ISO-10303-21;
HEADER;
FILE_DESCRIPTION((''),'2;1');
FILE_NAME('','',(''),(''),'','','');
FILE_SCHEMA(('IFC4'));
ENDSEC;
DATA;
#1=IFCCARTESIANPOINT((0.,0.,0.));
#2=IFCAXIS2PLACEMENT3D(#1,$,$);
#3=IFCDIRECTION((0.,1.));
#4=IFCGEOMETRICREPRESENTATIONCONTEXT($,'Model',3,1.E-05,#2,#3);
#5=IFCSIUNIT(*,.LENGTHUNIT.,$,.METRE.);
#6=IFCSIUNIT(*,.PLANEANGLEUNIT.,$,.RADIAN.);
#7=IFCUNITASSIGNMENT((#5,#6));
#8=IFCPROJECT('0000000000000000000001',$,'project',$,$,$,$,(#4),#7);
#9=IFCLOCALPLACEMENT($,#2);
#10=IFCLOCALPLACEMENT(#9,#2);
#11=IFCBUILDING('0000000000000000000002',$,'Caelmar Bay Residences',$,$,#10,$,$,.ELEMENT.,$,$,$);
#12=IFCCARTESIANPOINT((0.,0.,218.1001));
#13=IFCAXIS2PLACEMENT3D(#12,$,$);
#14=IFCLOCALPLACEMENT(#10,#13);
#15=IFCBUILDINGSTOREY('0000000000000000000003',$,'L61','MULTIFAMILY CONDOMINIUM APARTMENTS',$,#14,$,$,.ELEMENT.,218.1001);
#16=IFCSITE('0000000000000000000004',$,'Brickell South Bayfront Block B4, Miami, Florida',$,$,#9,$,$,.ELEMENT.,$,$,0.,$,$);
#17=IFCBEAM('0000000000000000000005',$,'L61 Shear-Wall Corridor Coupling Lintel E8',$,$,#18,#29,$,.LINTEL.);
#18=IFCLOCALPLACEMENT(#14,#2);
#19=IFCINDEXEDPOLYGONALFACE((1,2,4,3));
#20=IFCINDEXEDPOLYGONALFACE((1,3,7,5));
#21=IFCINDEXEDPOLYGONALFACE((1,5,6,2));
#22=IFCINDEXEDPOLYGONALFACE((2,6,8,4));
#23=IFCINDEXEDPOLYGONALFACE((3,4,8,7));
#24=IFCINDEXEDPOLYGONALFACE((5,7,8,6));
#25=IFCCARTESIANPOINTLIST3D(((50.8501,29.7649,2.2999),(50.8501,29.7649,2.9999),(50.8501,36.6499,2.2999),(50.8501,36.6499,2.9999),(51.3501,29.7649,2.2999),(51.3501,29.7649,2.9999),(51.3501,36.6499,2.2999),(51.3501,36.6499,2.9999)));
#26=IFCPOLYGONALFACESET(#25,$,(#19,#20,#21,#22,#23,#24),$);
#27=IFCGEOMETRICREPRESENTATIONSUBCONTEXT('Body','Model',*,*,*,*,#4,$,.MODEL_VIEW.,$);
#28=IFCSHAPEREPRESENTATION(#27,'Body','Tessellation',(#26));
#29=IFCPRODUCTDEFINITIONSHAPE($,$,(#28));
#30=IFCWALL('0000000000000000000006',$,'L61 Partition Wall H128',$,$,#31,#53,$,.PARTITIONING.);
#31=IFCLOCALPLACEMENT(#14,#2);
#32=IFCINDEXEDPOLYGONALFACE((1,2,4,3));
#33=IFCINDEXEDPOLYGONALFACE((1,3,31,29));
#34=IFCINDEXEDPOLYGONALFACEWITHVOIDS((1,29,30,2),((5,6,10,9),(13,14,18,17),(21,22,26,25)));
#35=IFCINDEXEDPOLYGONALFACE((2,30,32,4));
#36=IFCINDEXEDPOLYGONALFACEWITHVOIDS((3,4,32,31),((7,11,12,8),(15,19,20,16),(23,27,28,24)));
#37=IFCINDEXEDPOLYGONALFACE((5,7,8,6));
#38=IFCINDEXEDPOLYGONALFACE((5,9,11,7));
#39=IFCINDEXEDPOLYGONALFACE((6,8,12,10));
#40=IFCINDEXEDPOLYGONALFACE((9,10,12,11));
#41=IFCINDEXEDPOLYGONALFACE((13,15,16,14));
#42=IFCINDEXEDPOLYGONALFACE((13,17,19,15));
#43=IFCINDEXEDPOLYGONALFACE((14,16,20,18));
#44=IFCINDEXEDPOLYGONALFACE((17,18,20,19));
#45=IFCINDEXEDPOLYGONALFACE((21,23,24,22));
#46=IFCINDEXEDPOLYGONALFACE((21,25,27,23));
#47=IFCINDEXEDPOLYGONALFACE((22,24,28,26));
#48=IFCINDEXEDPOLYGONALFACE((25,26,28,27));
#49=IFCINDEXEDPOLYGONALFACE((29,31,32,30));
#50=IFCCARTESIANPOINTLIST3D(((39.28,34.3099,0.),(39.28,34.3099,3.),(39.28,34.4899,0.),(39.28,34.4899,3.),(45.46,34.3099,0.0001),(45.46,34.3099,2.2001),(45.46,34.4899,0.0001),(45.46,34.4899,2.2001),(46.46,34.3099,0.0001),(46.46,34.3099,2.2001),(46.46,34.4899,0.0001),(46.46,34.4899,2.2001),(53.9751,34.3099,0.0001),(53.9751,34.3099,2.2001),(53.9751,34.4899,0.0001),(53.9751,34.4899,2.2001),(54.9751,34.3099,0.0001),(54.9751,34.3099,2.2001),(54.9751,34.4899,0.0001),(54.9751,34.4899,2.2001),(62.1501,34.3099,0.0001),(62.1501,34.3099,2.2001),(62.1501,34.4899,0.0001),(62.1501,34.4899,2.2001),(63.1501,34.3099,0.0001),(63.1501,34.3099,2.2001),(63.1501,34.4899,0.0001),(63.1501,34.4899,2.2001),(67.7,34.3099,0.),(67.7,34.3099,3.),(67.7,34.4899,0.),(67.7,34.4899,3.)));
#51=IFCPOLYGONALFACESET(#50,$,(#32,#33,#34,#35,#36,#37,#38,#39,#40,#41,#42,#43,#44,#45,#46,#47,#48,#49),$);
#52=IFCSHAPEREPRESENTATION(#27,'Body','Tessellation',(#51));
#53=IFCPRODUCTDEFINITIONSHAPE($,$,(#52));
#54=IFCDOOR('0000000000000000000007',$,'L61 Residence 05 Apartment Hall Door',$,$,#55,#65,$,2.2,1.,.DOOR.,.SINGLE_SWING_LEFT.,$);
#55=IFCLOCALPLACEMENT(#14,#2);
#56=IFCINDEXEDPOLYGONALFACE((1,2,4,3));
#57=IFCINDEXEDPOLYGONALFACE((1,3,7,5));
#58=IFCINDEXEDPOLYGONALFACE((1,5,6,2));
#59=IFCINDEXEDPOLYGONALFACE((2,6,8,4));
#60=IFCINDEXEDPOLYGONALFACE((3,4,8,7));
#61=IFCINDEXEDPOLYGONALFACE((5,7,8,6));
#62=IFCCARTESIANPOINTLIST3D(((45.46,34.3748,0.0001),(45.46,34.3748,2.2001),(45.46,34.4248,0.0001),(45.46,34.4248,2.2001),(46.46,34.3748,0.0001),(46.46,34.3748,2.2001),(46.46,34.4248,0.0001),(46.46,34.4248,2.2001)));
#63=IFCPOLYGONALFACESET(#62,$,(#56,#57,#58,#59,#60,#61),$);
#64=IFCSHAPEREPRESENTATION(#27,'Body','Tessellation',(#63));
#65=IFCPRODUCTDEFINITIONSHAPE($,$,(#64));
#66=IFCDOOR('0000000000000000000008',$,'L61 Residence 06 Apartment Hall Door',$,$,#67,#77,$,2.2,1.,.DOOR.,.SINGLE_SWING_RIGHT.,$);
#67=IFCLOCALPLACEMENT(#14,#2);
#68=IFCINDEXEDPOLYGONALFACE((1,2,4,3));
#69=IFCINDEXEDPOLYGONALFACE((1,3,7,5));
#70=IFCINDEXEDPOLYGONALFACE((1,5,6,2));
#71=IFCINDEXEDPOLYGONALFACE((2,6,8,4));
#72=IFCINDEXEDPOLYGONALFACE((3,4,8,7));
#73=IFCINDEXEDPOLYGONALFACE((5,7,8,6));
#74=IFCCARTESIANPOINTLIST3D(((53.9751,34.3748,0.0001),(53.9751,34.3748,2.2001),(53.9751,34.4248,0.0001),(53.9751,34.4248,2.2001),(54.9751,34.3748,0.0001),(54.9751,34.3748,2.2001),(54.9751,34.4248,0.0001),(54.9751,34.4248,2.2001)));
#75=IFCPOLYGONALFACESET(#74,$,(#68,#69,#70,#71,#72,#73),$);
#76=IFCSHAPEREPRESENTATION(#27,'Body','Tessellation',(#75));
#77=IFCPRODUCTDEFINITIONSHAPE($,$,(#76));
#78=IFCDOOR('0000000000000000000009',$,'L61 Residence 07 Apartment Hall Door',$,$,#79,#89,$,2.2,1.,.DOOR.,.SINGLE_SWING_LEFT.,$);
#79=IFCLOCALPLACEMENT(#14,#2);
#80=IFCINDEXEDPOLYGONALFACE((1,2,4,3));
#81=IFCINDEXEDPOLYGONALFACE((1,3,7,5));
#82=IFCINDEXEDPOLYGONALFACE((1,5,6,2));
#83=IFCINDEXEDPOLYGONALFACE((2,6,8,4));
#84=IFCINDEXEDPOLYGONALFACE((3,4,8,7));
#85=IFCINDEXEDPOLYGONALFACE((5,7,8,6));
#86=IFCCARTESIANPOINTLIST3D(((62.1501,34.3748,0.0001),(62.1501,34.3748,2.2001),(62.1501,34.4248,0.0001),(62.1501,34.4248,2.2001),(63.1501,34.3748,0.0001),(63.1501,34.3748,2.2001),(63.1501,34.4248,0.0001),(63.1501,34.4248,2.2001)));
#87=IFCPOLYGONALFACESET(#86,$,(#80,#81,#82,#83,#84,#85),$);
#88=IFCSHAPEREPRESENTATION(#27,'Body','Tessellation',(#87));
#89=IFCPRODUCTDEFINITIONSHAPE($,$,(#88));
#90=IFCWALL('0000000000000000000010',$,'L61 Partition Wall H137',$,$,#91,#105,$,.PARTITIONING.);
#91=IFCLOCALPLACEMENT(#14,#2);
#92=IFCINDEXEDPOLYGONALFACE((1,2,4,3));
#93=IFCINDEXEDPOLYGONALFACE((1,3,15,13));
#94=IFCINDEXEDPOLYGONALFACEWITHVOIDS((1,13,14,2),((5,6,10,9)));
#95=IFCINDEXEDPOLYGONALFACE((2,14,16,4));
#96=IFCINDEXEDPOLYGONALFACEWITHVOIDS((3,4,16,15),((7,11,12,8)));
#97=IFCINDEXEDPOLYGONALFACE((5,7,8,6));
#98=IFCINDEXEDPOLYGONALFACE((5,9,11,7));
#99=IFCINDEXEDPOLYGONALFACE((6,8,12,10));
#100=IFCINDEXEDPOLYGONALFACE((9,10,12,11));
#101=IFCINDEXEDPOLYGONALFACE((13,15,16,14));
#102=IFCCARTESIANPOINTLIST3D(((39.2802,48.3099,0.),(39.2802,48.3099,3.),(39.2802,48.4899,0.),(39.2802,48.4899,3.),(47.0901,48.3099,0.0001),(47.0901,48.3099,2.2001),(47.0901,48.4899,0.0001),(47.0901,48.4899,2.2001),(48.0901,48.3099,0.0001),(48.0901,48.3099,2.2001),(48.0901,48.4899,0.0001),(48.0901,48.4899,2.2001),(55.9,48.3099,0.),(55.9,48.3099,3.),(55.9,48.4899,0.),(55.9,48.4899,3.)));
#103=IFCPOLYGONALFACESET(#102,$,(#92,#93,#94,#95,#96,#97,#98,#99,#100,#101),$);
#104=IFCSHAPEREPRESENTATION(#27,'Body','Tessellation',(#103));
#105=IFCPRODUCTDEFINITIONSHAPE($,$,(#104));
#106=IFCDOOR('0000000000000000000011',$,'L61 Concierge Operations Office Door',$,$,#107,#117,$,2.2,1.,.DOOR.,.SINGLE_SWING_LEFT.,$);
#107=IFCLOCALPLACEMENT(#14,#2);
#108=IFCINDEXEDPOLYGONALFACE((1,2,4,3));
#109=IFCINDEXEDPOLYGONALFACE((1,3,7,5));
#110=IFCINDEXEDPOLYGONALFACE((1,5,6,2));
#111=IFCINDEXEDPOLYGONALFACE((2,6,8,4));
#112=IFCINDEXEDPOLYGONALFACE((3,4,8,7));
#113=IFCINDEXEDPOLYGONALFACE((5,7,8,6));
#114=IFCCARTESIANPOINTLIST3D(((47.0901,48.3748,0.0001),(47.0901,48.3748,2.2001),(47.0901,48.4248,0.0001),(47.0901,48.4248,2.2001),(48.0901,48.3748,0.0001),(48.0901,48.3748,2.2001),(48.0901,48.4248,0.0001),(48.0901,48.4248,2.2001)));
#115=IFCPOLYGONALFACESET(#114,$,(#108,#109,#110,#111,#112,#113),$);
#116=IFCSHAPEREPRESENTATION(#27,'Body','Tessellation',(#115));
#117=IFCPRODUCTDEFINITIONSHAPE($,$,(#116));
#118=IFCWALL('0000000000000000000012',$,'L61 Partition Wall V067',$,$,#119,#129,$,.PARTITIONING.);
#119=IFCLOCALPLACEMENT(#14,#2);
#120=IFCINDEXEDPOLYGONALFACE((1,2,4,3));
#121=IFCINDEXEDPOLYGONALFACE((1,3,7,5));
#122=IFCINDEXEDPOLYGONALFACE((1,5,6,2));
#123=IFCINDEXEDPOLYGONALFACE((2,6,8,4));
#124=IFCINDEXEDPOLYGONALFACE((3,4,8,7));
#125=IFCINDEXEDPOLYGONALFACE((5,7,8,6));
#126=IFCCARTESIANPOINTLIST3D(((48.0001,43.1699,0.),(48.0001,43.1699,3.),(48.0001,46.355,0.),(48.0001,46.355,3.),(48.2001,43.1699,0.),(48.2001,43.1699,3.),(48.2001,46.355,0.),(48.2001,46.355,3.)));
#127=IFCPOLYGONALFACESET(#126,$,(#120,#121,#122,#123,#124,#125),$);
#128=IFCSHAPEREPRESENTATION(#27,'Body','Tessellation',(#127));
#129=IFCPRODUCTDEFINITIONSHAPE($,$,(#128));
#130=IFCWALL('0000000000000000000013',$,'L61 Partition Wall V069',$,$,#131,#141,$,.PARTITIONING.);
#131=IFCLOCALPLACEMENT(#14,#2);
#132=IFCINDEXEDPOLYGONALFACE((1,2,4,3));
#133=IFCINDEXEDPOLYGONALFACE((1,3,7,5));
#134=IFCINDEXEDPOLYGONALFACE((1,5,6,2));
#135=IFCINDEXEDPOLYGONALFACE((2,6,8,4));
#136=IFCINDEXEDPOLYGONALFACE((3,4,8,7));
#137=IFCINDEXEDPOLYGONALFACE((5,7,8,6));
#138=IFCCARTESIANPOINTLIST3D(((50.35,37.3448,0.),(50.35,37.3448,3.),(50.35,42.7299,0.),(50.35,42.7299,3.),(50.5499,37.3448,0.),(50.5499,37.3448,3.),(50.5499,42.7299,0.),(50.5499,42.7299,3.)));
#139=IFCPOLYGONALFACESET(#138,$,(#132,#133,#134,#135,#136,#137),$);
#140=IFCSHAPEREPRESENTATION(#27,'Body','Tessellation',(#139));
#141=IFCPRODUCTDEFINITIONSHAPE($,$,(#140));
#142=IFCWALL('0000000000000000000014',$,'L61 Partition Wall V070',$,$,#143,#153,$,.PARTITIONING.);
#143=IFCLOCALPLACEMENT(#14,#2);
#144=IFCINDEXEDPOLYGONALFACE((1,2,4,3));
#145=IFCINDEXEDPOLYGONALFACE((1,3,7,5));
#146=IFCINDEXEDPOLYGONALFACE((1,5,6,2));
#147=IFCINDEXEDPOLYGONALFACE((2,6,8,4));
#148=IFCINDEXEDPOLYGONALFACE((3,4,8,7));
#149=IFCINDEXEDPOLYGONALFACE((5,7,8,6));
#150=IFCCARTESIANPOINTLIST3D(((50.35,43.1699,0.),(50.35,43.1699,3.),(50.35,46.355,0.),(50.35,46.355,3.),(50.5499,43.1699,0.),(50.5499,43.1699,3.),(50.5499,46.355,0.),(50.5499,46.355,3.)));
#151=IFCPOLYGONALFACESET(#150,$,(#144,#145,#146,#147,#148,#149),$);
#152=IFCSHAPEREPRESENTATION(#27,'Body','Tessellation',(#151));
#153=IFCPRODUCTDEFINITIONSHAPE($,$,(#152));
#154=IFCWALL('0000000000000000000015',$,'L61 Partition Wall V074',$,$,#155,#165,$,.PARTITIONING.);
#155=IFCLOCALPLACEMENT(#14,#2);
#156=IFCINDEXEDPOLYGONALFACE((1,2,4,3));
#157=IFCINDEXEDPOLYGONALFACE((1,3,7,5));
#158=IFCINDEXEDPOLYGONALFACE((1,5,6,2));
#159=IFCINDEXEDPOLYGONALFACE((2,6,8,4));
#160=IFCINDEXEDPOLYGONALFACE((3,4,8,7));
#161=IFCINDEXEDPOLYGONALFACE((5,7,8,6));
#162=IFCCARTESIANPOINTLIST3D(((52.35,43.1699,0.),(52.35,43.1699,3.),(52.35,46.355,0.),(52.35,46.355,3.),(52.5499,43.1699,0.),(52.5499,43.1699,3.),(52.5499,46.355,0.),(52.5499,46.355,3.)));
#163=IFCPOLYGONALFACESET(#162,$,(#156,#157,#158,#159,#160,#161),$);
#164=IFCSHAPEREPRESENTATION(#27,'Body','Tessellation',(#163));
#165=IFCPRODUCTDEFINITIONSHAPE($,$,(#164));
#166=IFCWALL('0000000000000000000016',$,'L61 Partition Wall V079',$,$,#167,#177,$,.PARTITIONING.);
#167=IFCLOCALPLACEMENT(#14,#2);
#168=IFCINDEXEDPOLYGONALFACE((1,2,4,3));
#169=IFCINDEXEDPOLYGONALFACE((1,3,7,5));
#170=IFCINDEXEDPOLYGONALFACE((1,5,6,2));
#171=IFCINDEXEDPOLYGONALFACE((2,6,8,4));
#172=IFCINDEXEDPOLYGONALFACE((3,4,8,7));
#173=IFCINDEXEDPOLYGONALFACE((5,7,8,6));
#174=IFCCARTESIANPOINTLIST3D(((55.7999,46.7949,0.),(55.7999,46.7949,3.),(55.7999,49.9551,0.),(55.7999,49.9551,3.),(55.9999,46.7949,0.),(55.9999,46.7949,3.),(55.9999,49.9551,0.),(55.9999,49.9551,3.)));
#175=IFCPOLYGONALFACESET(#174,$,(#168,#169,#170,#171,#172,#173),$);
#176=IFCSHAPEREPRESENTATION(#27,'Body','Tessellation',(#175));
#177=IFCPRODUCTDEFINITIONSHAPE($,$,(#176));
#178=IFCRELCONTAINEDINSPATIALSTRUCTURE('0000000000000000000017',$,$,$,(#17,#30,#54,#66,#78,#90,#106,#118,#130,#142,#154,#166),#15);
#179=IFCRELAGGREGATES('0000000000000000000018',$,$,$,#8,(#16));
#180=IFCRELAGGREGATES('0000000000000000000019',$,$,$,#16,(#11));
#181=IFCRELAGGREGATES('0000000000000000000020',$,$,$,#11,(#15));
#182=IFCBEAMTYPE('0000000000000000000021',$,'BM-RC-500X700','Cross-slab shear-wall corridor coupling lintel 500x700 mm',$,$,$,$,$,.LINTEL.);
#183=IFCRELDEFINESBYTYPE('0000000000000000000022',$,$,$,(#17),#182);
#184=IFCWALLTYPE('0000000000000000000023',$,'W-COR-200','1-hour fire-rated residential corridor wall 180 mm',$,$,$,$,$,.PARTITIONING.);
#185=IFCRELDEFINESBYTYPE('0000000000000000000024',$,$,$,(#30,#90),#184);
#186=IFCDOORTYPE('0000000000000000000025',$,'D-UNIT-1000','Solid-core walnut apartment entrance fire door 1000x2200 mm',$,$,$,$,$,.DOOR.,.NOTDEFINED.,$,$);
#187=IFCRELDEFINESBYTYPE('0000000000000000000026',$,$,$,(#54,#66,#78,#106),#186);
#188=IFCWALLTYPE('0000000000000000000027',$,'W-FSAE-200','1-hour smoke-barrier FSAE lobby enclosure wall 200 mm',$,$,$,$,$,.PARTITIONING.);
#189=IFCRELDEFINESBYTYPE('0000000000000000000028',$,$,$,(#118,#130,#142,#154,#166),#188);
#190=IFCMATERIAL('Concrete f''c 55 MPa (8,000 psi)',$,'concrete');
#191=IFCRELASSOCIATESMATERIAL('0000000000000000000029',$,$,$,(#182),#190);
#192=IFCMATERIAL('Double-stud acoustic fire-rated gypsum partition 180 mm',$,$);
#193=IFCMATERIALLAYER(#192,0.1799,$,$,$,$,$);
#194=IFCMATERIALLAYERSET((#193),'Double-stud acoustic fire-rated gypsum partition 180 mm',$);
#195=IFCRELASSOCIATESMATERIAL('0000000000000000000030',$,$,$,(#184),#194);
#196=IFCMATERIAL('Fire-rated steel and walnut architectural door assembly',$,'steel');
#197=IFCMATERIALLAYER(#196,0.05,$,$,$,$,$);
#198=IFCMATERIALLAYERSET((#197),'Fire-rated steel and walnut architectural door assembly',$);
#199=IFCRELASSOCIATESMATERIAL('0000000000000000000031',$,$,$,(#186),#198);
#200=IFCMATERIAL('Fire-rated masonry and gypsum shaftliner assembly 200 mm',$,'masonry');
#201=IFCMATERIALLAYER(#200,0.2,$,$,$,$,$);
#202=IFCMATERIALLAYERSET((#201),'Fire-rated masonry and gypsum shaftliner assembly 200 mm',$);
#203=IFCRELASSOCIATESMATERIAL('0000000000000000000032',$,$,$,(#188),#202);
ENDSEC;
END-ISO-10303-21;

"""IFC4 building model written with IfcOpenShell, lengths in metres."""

from ifc_helpers import new_model, si_unit, direction, frame, frame_2d, origin, origin_2d, place, context, subcontext, project, spatial, rectangle, extrude, material, layer, layer_set, material_profile, profile_set, type_object, element, fill, save


model = new_model("IFC4")

# Units and contexts
model_context = context("Model", 3, precision=1e-05, world=origin(), true_north=direction((0.0, 1.0)))
body_context = subcontext(model_context, "Body", "Model", "MODEL_VIEW")
ifc_project = project(units=[si_unit("LENGTHUNIT", "METRE"), si_unit("PLANEANGLEUNIT", "RADIAN")], contexts=[model_context])

# Site, building, storey
site_placement = place(None, origin())
site = spatial("IfcSite", under=ifc_project, at=site_placement, Name="Brickell South Bayfront Block B4, Miami, Florida", CompositionType="ELEMENT", RefElevation=0.0)
building_placement = place(site_placement, origin())
building = spatial("IfcBuilding", under=site, at=building_placement, Name="Caelmar Bay Residences", CompositionType="ELEMENT")
storey_placement = place(building_placement, frame((0.0, 0.0, 218.1001)))
storey = spatial("IfcBuildingStorey", under=building, at=storey_placement, Name="L61", Description="MULTIFAMILY CONDOMINIUM APARTMENTS", CompositionType="ELEMENT", Elevation=218.1001)

# Shared definitions
ifc_material_1 = material(Name="Concrete f'c 55 MPa (8,000 psi)", Category="concrete")

# Beam
ifc_material_profile_1 = material_profile(ifc_material_1, rectangle(XDim=0.5, YDim=0.7, at=origin_2d()), Name="RC-BM-500X700")
ifc_profile_set_1 = profile_set([ifc_material_profile_1], Name="Concrete f'c 55 MPa (8,000 psi)")
beam_type_1 = type_object("IfcBeamType", Name="BM-RC-500X700", Description="Cross-slab shear-wall corridor coupling lintel 500x700 mm", PredefinedType="LINTEL", material=ifc_profile_set_1)
beam_1_placement = place(storey_placement, frame((51.1001, 29.7649, 2.6499), z_axis=(0.0, 1.0, 0.0), x_axis=(-1.0, 0.0, 0.0)))
element("IfcBeam", 1, at=beam_1_placement, inside=storey, type_object=beam_type_1, Name="L61 Shear-Wall Corridor Coupling Lintel E8", PredefinedType="LINTEL", context=body_context, shape_type="SweptSolid", body=[
    extrude(rectangle(XDim=0.5, YDim=0.7, at=origin_2d()), origin(), (0.0, 0.0, 1.0), 6.885),
])

# Shared definitions
ifc_material_2 = material(Name="Fire-rated steel and walnut architectural door assembly", Category="steel")

# Wall, openings, doors
ifc_material_3 = material(Name="Double-stud acoustic fire-rated gypsum partition 180 mm")
ifc_layer_1 = layer(ifc_material_3, 0.1799)
ifc_layer_set_1 = layer_set([ifc_layer_1], Name="Double-stud acoustic fire-rated gypsum partition 180 mm")
wall_type_1 = type_object("IfcWallType", Name="W-COR-200", Description="1-hour fire-rated residential corridor wall 180 mm", PredefinedType="PARTITIONING", material=ifc_layer_set_1)
wall_1_placement = place(storey_placement, frame((39.28, 34.3999, 0.0), z_axis=(0.0, 0.0, 1.0), x_axis=(1.0, 0.0, 0.0)))
wall_1 = element("IfcWall", 2, at=wall_1_placement, inside=storey, type_object=wall_type_1, Name="L61 Partition Wall H128", PredefinedType="PARTITIONING", context=body_context, shape_type="SweptSolid", body=[
    extrude(rectangle(XDim=28.4199, YDim=0.1799, at=frame_2d((14.21, 0.0))), origin(), (0.0, 0.0, 1.0), 3.0),
])
opening_1_placement = place(wall_1_placement, frame((6.1799, 0.0, 0.0)))
opening_1 = element("IfcOpeningElement", 3, at=opening_1_placement, cuts=wall_1, PredefinedType="OPENING", context=body_context, shape_type="SweptSolid", body=[
    extrude(rectangle(XDim=1.0, YDim=2.2, at=frame_2d((0.5, 1.1001))), frame((0.0, 0.0999, 0.0), z_axis=(0.0, -1.0, 0.0), x_axis=(1.0, 0.0, 0.0)), (0.0, 0.0, 1.0), 0.2),
])
opening_2_placement = place(wall_1_placement, frame((14.6951, 0.0, 0.0)))
opening_2 = element("IfcOpeningElement", 4, at=opening_2_placement, cuts=wall_1, PredefinedType="OPENING", context=body_context, shape_type="SweptSolid", body=[
    extrude(rectangle(XDim=1.0, YDim=2.2, at=frame_2d((0.5, 1.1001))), frame((0.0, 0.0999, 0.0), z_axis=(0.0, -1.0, 0.0), x_axis=(1.0, 0.0, 0.0)), (0.0, 0.0, 1.0), 0.2),
])
opening_3_placement = place(wall_1_placement, frame((22.8701, 0.0, 0.0)))
opening_3 = element("IfcOpeningElement", 5, at=opening_3_placement, cuts=wall_1, PredefinedType="OPENING", context=body_context, shape_type="SweptSolid", body=[
    extrude(rectangle(XDim=1.0, YDim=2.2, at=frame_2d((0.5, 1.1001))), frame((0.0, 0.0999, 0.0), z_axis=(0.0, -1.0, 0.0), x_axis=(1.0, 0.0, 0.0)), (0.0, 0.0, 1.0), 0.2),
])
ifc_layer_2 = layer(ifc_material_2, 0.05)
ifc_layer_set_2 = layer_set([ifc_layer_2], Name="Fire-rated steel and walnut architectural door assembly")
door_type_1 = type_object("IfcDoorType", Name="D-UNIT-1000", Description="Solid-core walnut apartment entrance fire door 1000x2200 mm", OperationType="NOTDEFINED", PredefinedType="DOOR", material=ifc_layer_set_2)
door_1_placement = place(opening_1_placement, origin())
door_1 = element("IfcDoor", 6, at=door_1_placement, inside=storey, type_object=door_type_1, Name="L61 Residence 05 Apartment Hall Door", OperationType="SINGLE_SWING_LEFT", OverallHeight=2.2, OverallWidth=1.0, PredefinedType="DOOR", context=body_context, shape_type="SweptSolid", body=[
    extrude(rectangle(XDim=1.0, YDim=2.2, at=frame_2d((0.5, 1.1001))), frame((0.0, 0.0249, 0.0), z_axis=(0.0, -1.0, 0.0), x_axis=(1.0, 0.0, 0.0)), (0.0, 0.0, 1.0), 0.05),
])
fill(opening_1, door_1)
door_2_placement = place(opening_2_placement, origin())
door_2 = element("IfcDoor", 7, at=door_2_placement, inside=storey, type_object=door_type_1, Name="L61 Residence 06 Apartment Hall Door", OperationType="SINGLE_SWING_RIGHT", OverallHeight=2.2, OverallWidth=1.0, PredefinedType="DOOR", context=body_context, shape_type="SweptSolid", body=[
    extrude(rectangle(XDim=1.0, YDim=2.2, at=frame_2d((0.5, 1.1001))), frame((0.0, 0.0249, 0.0), z_axis=(0.0, -1.0, 0.0), x_axis=(1.0, 0.0, 0.0)), (0.0, 0.0, 1.0), 0.05),
])
fill(opening_2, door_2)
door_3_placement = place(opening_3_placement, origin())
door_3 = element("IfcDoor", 8, at=door_3_placement, inside=storey, type_object=door_type_1, Name="L61 Residence 07 Apartment Hall Door", OperationType="SINGLE_SWING_LEFT", OverallHeight=2.2, OverallWidth=1.0, PredefinedType="DOOR", context=body_context, shape_type="SweptSolid", body=[
    extrude(rectangle(XDim=1.0, YDim=2.2, at=frame_2d((0.5, 1.1001))), frame((0.0, 0.0249, 0.0), z_axis=(0.0, -1.0, 0.0), x_axis=(1.0, 0.0, 0.0)), (0.0, 0.0, 1.0), 0.05),
])
fill(opening_3, door_3)

# Wall, opening, door
wall_2_placement = place(storey_placement, frame((39.28, 48.3999, 0.0), z_axis=(0.0, 0.0, 1.0), x_axis=(1.0, 0.0, 0.0)))
wall_2 = element("IfcWall", 9, at=wall_2_placement, inside=storey, type_object=wall_type_1, Name="L61 Partition Wall H137", PredefinedType="PARTITIONING", context=body_context, shape_type="SweptSolid", body=[
    extrude(rectangle(XDim=16.6199, YDim=0.1799, at=frame_2d((8.3101, 0.0))), origin(), (0.0, 0.0, 1.0), 3.0),
])
opening_4_placement = place(wall_2_placement, frame((7.8101, 0.0, 0.0)))
opening_4 = element("IfcOpeningElement", 10, at=opening_4_placement, cuts=wall_2, PredefinedType="OPENING", context=body_context, shape_type="SweptSolid", body=[
    extrude(rectangle(XDim=1.0, YDim=2.2, at=frame_2d((0.5, 1.1001))), frame((0.0, 0.0999, 0.0), z_axis=(0.0, -1.0, 0.0), x_axis=(1.0, 0.0, 0.0)), (0.0, 0.0, 1.0), 0.2),
])
door_4_placement = place(opening_4_placement, origin())
door_4 = element("IfcDoor", 11, at=door_4_placement, inside=storey, type_object=door_type_1, Name="L61 Concierge Operations Office Door", OperationType="SINGLE_SWING_LEFT", OverallHeight=2.2, OverallWidth=1.0, PredefinedType="DOOR", context=body_context, shape_type="SweptSolid", body=[
    extrude(rectangle(XDim=1.0, YDim=2.2, at=frame_2d((0.5, 1.1001))), frame((0.0, 0.0249, 0.0), z_axis=(0.0, -1.0, 0.0), x_axis=(1.0, 0.0, 0.0)), (0.0, 0.0, 1.0), 0.05),
])
fill(opening_4, door_4)

# Walls
ifc_material_4 = material(Name="Fire-rated masonry and gypsum shaftliner assembly 200 mm", Category="masonry")
ifc_layer_3 = layer(ifc_material_4, 0.2)
ifc_layer_set_3 = layer_set([ifc_layer_3], Name="Fire-rated masonry and gypsum shaftliner assembly 200 mm")
wall_type_2 = type_object("IfcWallType", Name="W-FSAE-200", Description="1-hour smoke-barrier FSAE lobby enclosure wall 200 mm", PredefinedType="PARTITIONING", material=ifc_layer_set_3)
wall_3_placement = place(storey_placement, frame((48.1001, 43.1699, 0.0), z_axis=(0.0, 0.0, 1.0), x_axis=(0.0, 1.0, 0.0)))
element("IfcWall", 12, at=wall_3_placement, inside=storey, type_object=wall_type_2, Name="L61 Partition Wall V067", PredefinedType="PARTITIONING", context=body_context, shape_type="SweptSolid", body=[
    extrude(rectangle(XDim=3.1851, YDim=0.2, at=frame_2d((1.5925, 0.0))), origin(), (0.0, 0.0, 1.0), 3.0),
])
wall_4_placement = place(storey_placement, frame((50.45, 37.345, 0.0), z_axis=(0.0, 0.0, 1.0), x_axis=(0.0, 1.0, 0.0)))
element("IfcWall", 13, at=wall_4_placement, inside=storey, type_object=wall_type_2, Name="L61 Partition Wall V069", PredefinedType="PARTITIONING", context=body_context, shape_type="SweptSolid", body=[
    extrude(rectangle(XDim=5.385, YDim=0.2, at=frame_2d((2.6924, 0.0))), origin(), (0.0, 0.0, 1.0), 3.0),
])
for number, where, z_axis, x_axis, name in (
    (14, (50.45, 43.1699, 0.0), (0.0, 0.0, 1.0), (0.0, 1.0, 0.0), "L61 Partition Wall V070"),
    (15, (52.45, 43.1699, 0.0), (0.0, 0.0, 1.0), (0.0, 1.0, 0.0), "L61 Partition Wall V074"),
):
    element("IfcWall", number, at=place(storey_placement, frame(where, z_axis=z_axis, x_axis=x_axis)), inside=storey, type_object=wall_type_2, Name=name, PredefinedType="PARTITIONING", context=body_context, shape_type="SweptSolid", body=[
        extrude(rectangle(XDim=3.1851, YDim=0.2, at=frame_2d((1.5925, 0.0))), origin(), (0.0, 0.0, 1.0), 3.0),
    ])
wall_5_placement = place(storey_placement, frame((55.8999, 46.7949, 0.0), z_axis=(0.0, 0.0, 1.0), x_axis=(0.0, 1.0, 0.0)))
element("IfcWall", 16, at=wall_5_placement, inside=storey, type_object=wall_type_2, Name="L61 Partition Wall V079", PredefinedType="PARTITIONING", context=body_context, shape_type="SweptSolid", body=[
    extrude(rectangle(XDim=3.1602, YDim=0.2, at=frame_2d((1.5801, 0.0))), origin(), (0.0, 0.0, 1.0), 3.0),
])

save(model, "model.ifc")
